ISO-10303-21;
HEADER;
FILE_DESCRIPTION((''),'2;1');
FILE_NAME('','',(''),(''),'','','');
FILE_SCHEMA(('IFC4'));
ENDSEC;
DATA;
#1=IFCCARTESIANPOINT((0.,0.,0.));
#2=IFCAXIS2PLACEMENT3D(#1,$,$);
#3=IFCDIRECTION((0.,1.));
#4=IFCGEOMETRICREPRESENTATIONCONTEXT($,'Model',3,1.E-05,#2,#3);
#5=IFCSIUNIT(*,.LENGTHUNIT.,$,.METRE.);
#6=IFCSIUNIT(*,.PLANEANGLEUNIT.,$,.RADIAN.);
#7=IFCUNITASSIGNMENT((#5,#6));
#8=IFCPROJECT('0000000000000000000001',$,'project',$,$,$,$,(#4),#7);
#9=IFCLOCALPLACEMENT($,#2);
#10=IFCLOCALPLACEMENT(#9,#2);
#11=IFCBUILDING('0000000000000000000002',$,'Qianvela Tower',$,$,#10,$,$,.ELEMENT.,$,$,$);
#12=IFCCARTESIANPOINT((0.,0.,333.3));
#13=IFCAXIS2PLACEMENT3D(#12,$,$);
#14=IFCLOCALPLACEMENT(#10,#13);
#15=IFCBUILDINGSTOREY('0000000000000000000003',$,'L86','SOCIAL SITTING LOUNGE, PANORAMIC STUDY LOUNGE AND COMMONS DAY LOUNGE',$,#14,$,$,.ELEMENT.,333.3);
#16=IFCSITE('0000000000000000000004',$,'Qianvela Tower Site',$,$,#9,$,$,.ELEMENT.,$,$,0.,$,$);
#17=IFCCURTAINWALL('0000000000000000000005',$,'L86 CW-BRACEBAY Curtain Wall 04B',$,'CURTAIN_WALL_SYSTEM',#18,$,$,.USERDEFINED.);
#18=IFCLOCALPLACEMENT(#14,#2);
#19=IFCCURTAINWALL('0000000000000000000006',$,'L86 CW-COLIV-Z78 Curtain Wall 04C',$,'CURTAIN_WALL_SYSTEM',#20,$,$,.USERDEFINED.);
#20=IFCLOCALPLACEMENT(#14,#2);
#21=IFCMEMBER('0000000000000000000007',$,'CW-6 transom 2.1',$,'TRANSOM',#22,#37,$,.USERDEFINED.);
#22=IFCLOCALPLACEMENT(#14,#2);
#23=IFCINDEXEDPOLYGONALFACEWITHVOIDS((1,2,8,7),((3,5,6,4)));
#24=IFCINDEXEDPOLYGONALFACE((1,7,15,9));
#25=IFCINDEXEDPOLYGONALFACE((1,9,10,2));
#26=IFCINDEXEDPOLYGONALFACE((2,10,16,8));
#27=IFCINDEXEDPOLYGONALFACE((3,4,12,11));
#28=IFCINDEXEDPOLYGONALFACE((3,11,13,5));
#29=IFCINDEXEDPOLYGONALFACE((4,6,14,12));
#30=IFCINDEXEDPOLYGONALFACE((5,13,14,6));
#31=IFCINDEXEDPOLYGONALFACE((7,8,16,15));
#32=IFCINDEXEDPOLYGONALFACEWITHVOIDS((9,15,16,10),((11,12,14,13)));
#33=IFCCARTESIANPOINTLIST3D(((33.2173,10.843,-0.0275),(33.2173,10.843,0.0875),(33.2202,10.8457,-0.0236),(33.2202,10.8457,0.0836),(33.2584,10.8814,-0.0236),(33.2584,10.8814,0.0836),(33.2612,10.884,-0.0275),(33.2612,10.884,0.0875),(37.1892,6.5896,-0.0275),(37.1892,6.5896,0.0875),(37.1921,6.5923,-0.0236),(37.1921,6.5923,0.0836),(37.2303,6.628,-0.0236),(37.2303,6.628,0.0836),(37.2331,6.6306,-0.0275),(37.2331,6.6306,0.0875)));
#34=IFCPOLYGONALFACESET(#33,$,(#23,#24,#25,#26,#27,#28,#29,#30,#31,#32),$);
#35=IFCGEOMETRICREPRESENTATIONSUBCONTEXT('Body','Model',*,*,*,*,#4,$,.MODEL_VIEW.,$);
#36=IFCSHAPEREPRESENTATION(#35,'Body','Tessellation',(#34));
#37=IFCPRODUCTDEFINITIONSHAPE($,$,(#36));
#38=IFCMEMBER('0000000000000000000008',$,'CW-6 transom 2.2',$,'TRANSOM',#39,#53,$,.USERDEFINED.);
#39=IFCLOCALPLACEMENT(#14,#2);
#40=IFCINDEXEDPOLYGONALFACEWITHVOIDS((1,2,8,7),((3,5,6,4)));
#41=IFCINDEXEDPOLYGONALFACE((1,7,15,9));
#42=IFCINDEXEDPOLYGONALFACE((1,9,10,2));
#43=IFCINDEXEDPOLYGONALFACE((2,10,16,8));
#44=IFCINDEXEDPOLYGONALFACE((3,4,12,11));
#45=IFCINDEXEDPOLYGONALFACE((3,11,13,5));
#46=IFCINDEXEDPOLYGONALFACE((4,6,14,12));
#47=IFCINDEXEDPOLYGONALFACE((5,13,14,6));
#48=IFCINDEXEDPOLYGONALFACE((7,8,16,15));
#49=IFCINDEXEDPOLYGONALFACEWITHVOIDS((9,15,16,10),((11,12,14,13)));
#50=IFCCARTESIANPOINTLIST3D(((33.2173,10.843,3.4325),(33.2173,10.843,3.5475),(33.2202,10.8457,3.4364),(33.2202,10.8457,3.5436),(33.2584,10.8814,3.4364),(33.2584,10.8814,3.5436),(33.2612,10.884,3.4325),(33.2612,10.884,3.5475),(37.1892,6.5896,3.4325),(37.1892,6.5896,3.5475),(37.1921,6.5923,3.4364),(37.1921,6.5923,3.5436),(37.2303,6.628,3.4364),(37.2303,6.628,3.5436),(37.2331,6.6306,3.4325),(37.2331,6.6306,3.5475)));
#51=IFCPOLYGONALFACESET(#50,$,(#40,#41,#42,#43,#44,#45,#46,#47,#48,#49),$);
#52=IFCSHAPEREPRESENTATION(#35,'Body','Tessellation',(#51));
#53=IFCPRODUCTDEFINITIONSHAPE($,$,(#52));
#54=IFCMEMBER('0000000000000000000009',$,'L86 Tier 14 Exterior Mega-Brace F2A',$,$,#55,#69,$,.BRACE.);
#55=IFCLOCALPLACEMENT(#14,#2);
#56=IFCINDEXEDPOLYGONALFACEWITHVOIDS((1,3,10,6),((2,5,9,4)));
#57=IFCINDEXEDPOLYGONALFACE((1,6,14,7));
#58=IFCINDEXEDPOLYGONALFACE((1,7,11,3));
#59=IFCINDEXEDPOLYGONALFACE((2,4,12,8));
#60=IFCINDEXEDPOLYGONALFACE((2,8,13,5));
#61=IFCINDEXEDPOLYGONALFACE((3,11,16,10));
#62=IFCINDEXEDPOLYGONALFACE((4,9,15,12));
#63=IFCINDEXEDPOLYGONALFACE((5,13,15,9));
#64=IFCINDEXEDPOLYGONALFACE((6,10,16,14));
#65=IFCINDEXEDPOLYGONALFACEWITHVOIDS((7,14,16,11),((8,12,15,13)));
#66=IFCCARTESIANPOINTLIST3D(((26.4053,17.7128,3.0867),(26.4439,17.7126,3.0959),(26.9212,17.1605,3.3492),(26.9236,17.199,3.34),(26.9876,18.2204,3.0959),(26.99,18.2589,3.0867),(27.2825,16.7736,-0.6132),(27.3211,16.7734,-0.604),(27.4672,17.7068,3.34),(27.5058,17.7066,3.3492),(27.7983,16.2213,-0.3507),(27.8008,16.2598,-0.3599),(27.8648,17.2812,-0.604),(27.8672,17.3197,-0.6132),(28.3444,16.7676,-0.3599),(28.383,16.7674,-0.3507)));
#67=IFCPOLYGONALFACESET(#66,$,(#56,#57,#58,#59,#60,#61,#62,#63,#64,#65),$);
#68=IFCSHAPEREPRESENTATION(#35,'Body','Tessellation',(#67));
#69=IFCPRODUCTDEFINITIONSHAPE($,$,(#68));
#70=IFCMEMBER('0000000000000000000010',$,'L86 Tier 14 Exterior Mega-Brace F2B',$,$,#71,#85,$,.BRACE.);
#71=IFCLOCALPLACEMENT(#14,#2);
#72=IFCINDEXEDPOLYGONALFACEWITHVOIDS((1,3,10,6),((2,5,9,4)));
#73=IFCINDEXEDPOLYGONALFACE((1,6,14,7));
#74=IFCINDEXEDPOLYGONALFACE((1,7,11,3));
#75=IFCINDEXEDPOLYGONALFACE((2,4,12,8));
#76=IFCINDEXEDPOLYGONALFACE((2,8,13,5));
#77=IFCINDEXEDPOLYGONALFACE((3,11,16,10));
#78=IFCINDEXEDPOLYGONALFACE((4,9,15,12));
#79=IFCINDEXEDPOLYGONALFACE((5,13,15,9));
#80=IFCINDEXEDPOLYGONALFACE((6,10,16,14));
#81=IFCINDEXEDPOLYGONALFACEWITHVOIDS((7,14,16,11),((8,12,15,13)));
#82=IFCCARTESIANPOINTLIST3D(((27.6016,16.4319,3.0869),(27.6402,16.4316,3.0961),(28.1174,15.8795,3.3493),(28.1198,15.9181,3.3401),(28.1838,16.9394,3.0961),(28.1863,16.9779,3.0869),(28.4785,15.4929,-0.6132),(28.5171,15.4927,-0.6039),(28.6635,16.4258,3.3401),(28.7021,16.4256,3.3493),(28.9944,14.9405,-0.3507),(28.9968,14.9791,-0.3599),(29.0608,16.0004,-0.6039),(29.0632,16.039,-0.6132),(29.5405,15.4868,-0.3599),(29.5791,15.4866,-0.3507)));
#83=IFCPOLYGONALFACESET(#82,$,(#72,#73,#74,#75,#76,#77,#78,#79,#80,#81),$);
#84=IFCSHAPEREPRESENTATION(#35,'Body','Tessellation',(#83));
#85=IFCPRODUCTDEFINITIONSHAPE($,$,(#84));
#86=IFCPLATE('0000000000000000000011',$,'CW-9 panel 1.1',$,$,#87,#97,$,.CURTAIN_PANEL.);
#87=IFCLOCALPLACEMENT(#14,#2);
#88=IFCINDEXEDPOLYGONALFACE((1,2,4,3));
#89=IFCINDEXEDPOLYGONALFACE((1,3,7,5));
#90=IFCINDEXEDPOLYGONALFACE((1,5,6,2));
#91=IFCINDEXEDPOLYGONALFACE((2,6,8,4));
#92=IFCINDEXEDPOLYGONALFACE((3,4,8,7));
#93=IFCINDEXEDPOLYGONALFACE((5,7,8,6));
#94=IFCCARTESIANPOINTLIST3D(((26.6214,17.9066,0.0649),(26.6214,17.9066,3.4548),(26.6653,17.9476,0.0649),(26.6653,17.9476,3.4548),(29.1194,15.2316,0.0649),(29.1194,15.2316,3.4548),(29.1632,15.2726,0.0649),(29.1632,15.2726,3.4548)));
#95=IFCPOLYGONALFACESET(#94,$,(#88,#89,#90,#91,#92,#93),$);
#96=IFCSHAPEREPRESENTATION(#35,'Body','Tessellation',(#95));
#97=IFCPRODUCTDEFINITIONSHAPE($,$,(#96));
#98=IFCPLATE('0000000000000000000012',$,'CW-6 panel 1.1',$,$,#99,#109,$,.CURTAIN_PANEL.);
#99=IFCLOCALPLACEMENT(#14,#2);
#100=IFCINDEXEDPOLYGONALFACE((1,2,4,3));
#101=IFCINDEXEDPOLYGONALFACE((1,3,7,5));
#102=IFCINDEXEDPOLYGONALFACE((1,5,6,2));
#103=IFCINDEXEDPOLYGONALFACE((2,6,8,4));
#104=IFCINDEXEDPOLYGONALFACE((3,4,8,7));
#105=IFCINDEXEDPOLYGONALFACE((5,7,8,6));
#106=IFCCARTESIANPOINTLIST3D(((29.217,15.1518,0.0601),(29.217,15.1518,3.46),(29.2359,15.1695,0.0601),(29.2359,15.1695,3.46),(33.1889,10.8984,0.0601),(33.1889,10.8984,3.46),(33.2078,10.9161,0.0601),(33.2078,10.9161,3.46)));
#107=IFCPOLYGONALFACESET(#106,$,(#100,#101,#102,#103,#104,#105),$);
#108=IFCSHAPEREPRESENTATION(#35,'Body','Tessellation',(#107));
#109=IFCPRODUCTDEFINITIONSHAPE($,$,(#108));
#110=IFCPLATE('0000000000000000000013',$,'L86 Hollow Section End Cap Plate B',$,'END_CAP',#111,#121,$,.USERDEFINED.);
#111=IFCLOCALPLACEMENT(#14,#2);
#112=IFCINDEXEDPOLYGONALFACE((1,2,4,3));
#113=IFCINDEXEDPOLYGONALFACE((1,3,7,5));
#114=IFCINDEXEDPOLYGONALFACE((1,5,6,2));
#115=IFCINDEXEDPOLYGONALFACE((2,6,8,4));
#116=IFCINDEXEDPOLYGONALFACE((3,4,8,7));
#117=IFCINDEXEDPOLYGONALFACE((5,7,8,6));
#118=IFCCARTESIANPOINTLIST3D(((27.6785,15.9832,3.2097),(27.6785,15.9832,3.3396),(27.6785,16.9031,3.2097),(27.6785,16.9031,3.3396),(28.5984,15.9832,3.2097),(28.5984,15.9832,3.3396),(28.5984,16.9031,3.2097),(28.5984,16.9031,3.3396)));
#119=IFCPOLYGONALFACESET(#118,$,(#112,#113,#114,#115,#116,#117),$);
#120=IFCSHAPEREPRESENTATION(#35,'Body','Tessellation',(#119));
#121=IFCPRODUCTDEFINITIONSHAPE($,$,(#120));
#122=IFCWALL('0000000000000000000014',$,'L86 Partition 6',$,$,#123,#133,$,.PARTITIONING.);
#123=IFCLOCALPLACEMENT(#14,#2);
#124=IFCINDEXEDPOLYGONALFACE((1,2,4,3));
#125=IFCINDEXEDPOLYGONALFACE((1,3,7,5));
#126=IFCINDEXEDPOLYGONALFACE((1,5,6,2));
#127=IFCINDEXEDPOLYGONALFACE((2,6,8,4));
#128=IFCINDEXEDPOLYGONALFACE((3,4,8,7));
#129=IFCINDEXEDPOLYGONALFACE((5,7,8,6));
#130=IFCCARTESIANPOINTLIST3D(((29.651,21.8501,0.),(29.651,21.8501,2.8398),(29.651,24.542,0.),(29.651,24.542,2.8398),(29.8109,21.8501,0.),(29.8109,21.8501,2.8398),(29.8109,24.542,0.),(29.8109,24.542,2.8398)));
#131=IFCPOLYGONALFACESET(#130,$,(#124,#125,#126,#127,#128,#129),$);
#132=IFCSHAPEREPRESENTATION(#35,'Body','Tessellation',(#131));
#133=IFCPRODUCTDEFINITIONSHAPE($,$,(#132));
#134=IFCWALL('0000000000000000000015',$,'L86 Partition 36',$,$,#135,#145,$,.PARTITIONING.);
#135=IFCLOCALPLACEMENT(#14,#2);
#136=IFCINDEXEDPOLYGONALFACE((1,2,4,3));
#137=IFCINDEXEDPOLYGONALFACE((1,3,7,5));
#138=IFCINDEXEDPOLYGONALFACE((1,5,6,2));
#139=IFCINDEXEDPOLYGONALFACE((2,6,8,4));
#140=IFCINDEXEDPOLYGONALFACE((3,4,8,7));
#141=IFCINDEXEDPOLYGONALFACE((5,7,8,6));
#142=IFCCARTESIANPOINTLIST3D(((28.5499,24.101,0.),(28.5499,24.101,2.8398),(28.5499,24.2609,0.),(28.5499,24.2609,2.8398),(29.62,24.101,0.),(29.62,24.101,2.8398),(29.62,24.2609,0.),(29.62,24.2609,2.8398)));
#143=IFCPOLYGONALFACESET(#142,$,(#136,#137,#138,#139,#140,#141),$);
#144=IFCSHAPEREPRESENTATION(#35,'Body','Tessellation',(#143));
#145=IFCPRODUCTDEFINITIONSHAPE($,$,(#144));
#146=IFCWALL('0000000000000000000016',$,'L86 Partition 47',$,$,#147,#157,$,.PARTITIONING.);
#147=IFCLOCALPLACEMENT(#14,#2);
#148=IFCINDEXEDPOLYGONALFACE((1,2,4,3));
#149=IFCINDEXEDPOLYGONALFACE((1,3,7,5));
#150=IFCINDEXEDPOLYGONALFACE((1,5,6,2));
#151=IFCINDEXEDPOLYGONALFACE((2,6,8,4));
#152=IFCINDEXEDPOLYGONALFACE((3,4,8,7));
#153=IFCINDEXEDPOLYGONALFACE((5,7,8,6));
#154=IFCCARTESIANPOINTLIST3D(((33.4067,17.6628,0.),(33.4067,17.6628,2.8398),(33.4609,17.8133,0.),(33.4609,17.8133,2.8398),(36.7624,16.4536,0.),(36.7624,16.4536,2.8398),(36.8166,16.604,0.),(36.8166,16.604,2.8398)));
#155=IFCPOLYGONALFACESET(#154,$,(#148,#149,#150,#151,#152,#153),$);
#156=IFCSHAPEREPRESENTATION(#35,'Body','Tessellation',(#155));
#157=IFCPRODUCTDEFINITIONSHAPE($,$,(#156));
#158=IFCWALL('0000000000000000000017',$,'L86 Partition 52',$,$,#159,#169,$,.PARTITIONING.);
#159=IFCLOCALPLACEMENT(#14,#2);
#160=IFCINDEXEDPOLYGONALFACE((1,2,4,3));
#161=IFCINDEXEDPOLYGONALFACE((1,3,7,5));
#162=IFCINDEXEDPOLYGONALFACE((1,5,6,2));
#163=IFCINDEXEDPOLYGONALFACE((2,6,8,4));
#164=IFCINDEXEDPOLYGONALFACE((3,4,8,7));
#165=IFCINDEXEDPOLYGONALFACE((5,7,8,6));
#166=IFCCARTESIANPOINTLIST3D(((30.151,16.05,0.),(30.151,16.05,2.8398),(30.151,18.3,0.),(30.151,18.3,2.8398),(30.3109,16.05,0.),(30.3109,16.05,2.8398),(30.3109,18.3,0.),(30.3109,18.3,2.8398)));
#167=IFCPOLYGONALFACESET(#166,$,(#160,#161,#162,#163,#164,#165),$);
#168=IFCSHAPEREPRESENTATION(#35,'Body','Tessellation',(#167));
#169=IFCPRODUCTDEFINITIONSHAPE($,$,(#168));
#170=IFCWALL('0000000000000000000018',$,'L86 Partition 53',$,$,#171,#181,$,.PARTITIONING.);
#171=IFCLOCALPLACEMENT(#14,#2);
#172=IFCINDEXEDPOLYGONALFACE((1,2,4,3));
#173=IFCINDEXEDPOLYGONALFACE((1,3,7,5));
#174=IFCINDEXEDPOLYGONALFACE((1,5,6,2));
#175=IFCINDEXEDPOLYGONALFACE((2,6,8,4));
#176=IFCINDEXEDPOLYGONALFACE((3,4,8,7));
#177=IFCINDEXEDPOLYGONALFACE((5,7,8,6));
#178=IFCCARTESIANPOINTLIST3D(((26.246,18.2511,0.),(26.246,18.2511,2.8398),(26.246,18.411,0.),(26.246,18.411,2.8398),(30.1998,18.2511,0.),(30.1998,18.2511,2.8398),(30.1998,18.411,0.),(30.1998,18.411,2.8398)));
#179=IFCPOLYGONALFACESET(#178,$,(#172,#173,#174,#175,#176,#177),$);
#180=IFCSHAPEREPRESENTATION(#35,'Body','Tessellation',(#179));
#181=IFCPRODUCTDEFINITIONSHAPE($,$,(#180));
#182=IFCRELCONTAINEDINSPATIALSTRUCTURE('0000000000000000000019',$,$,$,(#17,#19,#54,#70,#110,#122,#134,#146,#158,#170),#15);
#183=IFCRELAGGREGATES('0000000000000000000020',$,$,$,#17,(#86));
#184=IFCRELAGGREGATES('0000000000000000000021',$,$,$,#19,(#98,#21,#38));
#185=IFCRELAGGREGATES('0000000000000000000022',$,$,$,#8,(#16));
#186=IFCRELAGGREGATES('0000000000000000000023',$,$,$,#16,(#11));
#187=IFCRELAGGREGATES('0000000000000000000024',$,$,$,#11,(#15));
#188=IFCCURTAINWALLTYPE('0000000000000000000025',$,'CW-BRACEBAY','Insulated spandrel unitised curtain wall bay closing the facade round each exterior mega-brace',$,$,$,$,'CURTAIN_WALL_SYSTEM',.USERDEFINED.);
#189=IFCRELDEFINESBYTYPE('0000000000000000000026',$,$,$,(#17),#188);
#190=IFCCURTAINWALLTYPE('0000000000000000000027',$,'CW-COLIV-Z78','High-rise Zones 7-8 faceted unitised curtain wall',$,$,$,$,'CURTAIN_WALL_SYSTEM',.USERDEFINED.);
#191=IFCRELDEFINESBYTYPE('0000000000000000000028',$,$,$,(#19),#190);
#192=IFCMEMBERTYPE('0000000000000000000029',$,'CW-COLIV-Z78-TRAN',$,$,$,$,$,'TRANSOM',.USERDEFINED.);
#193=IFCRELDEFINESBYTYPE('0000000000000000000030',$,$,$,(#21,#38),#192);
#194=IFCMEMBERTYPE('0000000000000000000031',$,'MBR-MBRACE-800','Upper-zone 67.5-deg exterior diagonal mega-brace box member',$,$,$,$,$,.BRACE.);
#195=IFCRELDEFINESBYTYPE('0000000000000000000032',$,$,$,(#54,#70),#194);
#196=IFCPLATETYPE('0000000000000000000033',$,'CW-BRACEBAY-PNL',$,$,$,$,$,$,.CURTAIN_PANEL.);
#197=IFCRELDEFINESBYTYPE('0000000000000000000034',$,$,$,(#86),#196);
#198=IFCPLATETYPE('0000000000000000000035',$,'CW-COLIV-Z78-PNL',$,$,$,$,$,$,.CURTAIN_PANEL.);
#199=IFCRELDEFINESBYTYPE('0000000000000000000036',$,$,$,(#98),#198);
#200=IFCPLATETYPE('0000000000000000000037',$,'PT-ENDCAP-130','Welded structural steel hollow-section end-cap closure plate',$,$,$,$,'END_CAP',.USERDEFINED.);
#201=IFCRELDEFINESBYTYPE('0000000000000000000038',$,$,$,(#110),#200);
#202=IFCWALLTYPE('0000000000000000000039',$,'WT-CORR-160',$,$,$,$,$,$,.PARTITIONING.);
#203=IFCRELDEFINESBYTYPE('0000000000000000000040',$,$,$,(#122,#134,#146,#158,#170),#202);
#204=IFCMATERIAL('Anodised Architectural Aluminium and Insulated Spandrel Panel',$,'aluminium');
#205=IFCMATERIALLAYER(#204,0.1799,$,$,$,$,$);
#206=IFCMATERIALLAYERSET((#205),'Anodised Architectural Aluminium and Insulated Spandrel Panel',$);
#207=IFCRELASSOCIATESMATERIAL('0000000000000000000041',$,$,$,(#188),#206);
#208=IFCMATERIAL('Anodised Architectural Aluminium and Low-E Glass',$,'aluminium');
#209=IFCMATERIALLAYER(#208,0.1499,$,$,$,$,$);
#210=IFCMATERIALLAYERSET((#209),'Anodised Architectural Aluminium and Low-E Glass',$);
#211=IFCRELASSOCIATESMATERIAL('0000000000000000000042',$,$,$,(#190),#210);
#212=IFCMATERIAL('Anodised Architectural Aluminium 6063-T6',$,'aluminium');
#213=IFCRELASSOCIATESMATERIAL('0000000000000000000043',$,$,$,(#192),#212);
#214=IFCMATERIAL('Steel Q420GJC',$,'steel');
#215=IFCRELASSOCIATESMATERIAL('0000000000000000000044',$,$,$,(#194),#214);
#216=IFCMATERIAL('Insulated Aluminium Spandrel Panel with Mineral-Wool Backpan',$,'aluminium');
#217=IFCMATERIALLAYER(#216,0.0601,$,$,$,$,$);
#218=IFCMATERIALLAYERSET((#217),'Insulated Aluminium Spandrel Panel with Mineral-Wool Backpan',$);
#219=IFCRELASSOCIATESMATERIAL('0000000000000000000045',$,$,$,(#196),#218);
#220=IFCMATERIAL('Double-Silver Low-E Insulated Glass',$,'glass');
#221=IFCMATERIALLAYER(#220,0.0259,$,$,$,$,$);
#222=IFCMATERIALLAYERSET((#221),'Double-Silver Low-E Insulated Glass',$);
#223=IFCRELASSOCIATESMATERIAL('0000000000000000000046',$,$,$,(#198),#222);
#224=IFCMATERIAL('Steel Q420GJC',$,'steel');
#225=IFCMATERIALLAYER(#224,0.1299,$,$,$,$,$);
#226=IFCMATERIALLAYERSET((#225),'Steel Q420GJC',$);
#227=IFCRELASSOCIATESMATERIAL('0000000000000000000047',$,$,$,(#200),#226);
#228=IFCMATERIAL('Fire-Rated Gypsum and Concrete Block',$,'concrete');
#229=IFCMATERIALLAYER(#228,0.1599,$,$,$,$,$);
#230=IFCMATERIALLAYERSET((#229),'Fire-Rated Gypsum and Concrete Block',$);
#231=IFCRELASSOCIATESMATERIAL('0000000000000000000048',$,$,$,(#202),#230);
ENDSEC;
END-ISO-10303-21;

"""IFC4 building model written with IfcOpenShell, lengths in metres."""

from ifc_helpers import new_model, si_unit, direction, frame, frame_2d, origin, origin_2d, place, context, subcontext, project, spatial, rectangle, hollow_rectangle, extrude, material, layer, layer_set, material_profile, profile_set, type_object, element, aggregate, save


model = new_model("IFC4")

# Units and contexts
model_context = context("Model", 3, precision=1e-05, world=origin(), true_north=direction((0.0, 1.0)))
body_context = subcontext(model_context, "Body", "Model", "MODEL_VIEW")
ifc_project = project(units=[si_unit("LENGTHUNIT", "METRE"), si_unit("PLANEANGLEUNIT", "RADIAN")], contexts=[model_context])

# Site, building, storey
site_placement = place(None, origin())
site = spatial("IfcSite", under=ifc_project, at=site_placement, Name="Qianvela Tower Site", CompositionType="ELEMENT", RefElevation=0.0)
building_placement = place(site_placement, origin())
building = spatial("IfcBuilding", under=site, at=building_placement, Name="Qianvela Tower", CompositionType="ELEMENT")
storey_placement = place(building_placement, frame((0.0, 0.0, 333.3)))
storey = spatial("IfcBuildingStorey", under=building, at=storey_placement, Name="L86", Description="SOCIAL SITTING LOUNGE, PANORAMIC STUDY LOUNGE AND COMMONS DAY LOUNGE", CompositionType="ELEMENT", Elevation=333.3)

# Curtain wall
ifc_material_1 = material(Name="Anodised Architectural Aluminium and Insulated Spandrel Panel", Category="aluminium")
ifc_layer_1 = layer(ifc_material_1, 0.1799)
ifc_layer_set_1 = layer_set([ifc_layer_1], Name="Anodised Architectural Aluminium and Insulated Spandrel Panel")
curtain_wall_type_1 = type_object("IfcCurtainWallType", Name="CW-BRACEBAY", Description="Insulated spandrel unitised curtain wall bay closing the facade round each exterior mega-brace", ElementType="CURTAIN_WALL_SYSTEM", PredefinedType="USERDEFINED", material=ifc_layer_set_1)
curtain_wall_1_placement = place(storey_placement, origin())
curtain_wall_1 = element("IfcCurtainWall", 1, at=curtain_wall_1_placement, inside=storey, type_object=curtain_wall_type_1, Name="L86 CW-BRACEBAY Curtain Wall 04B", ObjectType="CURTAIN_WALL_SYSTEM", PredefinedType="USERDEFINED")

# Curtain wall, members
ifc_material_2 = material(Name="Anodised Architectural Aluminium and Low-E Glass", Category="aluminium")
ifc_layer_2 = layer(ifc_material_2, 0.1499)
ifc_layer_set_2 = layer_set([ifc_layer_2], Name="Anodised Architectural Aluminium and Low-E Glass")
curtain_wall_type_2 = type_object("IfcCurtainWallType", Name="CW-COLIV-Z78", Description="High-rise Zones 7-8 faceted unitised curtain wall", ElementType="CURTAIN_WALL_SYSTEM", PredefinedType="USERDEFINED", material=ifc_layer_set_2)
curtain_wall_2_placement = place(storey_placement, origin())
curtain_wall_2 = element("IfcCurtainWall", 2, at=curtain_wall_2_placement, inside=storey, type_object=curtain_wall_type_2, Name="L86 CW-COLIV-Z78 Curtain Wall 04C", ObjectType="CURTAIN_WALL_SYSTEM", PredefinedType="USERDEFINED")
ifc_material_3 = material(Name="Anodised Architectural Aluminium 6063-T6", Category="aluminium")
ifc_material_profile_1 = material_profile(ifc_material_3, hollow_rectangle(XDim=0.0601, YDim=0.115, WallThickness=0.0039, at=origin_2d()), Name="ALU-TRAN-60x115")
ifc_profile_set_1 = profile_set([ifc_material_profile_1], Name="Anodised Architectural Aluminium 6063-T6")
member_type_1 = type_object("IfcMemberType", Name="CW-COLIV-Z78-TRAN", ElementType="TRANSOM", PredefinedType="USERDEFINED", material=ifc_profile_set_1)
member_1_placement = place(storey_placement, frame((33.2393, 10.8635, 0.03), z_axis=(0.682508, -0.730878, 0.0), x_axis=(0.730878, 0.682508, 0.0)))
member_1 = element("IfcMember", 3, at=member_1_placement, type_object=member_type_1, Name="CW-6 transom 2.1", ObjectType="TRANSOM", PredefinedType="USERDEFINED", context=body_context, shape_type="SweptSolid", body=[
    extrude(hollow_rectangle(XDim=0.0601, YDim=0.115, WallThickness=0.0039, at=origin_2d()), origin(), (0.0, 0.0, 1.0), 5.8196),
])
member_2_placement = place(storey_placement, frame((33.2393, 10.8635, 3.49), z_axis=(0.682508, -0.730878, 0.0), x_axis=(0.730878, 0.682508, 0.0)))
member_2 = element("IfcMember", 4, at=member_2_placement, type_object=member_type_1, Name="CW-6 transom 2.2", ObjectType="TRANSOM", PredefinedType="USERDEFINED", context=body_context, shape_type="SweptSolid", body=[
    extrude(hollow_rectangle(XDim=0.0601, YDim=0.115, WallThickness=0.0039, at=origin_2d()), origin(), (0.0, 0.0, 1.0), 5.8196),
])

# Members
ifc_material_4 = material(Name="Steel Q420GJC", Category="steel")
ifc_material_profile_2 = material_profile(ifc_material_4, hollow_rectangle(XDim=0.8, YDim=0.8, WallThickness=0.0281, at=origin_2d()), Name="MBOX-800x800x28")
ifc_profile_set_2 = profile_set([ifc_material_profile_2], Name="Steel Q420GJC")
member_type_2 = type_object("IfcMemberType", Name="MBR-MBRACE-800", Description="Upper-zone 67.5-deg exterior diagonal mega-brace box member", PredefinedType="BRACE", material=ifc_profile_set_2)
for number, where, z_axis, x_axis, name in (
    (5, (27.8328, 16.7705, -0.4819), (-0.223958, 0.239791, 0.944639), (-0.730821, -0.682569, 0.0), "L86 Tier 14 Exterior Mega-Brace F2A"),
    (6, (29.0288, 15.4897, -0.4819), (-0.223902, 0.239735, 0.944666), (-0.730828, -0.682562, 0.0), "L86 Tier 14 Exterior Mega-Brace F2B"),
):
    element("IfcMember", number, at=place(storey_placement, frame(where, z_axis=z_axis, x_axis=x_axis)), inside=storey, type_object=member_type_2, Name=name, PredefinedType="BRACE", context=body_context, shape_type="SweptSolid", body=[
        extrude(hollow_rectangle(XDim=0.8, YDim=0.8, WallThickness=0.0281, at=origin_2d()), origin(), (0.0, 0.0, 1.0), 3.9167),
    ])

# Plates
ifc_material_5 = material(Name="Insulated Aluminium Spandrel Panel with Mineral-Wool Backpan", Category="aluminium")
ifc_layer_3 = layer(ifc_material_5, 0.0601)
ifc_layer_set_3 = layer_set([ifc_layer_3], Name="Insulated Aluminium Spandrel Panel with Mineral-Wool Backpan")
plate_type_1 = type_object("IfcPlateType", Name="CW-BRACEBAY-PNL", PredefinedType="CURTAIN_PANEL", material=ifc_layer_set_3)
plate_1_placement = place(storey_placement, frame((27.8923, 16.5896, 0.0649), z_axis=(0.0, 0.0, 1.0), x_axis=(0.682511, -0.730875, 0.0)))
plate_1 = element("IfcPlate", 7, at=plate_1_placement, type_object=plate_type_1, Name="CW-9 panel 1.1", PredefinedType="CURTAIN_PANEL", context=body_context, shape_type="SweptSolid", body=[
    extrude(rectangle(XDim=3.6599, YDim=0.0601, at=origin_2d()), origin(), (0.0, 0.0, 1.0), 3.3899),
])
aggregate(curtain_wall_1, [plate_1])
ifc_material_6 = material(Name="Double-Silver Low-E Insulated Glass", Category="glass")
ifc_layer_4 = layer(ifc_material_6, 0.0259)
ifc_layer_set_4 = layer_set([ifc_layer_4], Name="Double-Silver Low-E Insulated Glass")
plate_type_2 = type_object("IfcPlateType", Name="CW-COLIV-Z78-PNL", PredefinedType="CURTAIN_PANEL", material=ifc_layer_set_4)
plate_2_placement = place(storey_placement, frame((31.2124, 13.0339, 0.0601), z_axis=(0.0, 0.0, 1.0), x_axis=(0.682503, -0.730882, 0.0)))
plate_2 = element("IfcPlate", 8, at=plate_2_placement, type_object=plate_type_2, Name="CW-6 panel 1.1", PredefinedType="CURTAIN_PANEL", context=body_context, shape_type="SweptSolid", body=[
    extrude(rectangle(XDim=5.8196, YDim=0.0259, at=origin_2d()), origin(), (0.0, 0.0, 1.0), 3.3999),
])
aggregate(curtain_wall_2, [plate_2, member_1, member_2])
ifc_material_7 = material(Name="Steel Q420GJC", Category="steel")
ifc_layer_5 = layer(ifc_material_7, 0.1299)
ifc_layer_set_5 = layer_set([ifc_layer_5], Name="Steel Q420GJC")
plate_type_3 = type_object("IfcPlateType", Name="PT-ENDCAP-130", Description="Welded structural steel hollow-section end-cap closure plate", ElementType="END_CAP", PredefinedType="USERDEFINED", material=ifc_layer_set_5)
plate_3_placement = place(storey_placement, frame((28.1384, 16.4431, 3.2097), z_axis=(0.0, 0.0, 1.0), x_axis=(1.0, 0.0, 0.0)))
element("IfcPlate", 9, at=plate_3_placement, inside=storey, type_object=plate_type_3, Name="L86 Hollow Section End Cap Plate B", ObjectType="END_CAP", PredefinedType="USERDEFINED", context=body_context, shape_type="SweptSolid", body=[
    extrude(rectangle(XDim=0.9199, YDim=0.9199, at=origin_2d()), origin(), (0.0, 0.0, 1.0), 0.1299),
])

# Shared definitions
ifc_material_8 = material(Name="Fire-Rated Gypsum and Concrete Block", Category="concrete")
ifc_layer_6 = layer(ifc_material_8, 0.1599)
ifc_layer_set_6 = layer_set([ifc_layer_6], Name="Fire-Rated Gypsum and Concrete Block")
wall_type_1 = type_object("IfcWallType", Name="WT-CORR-160", PredefinedType="PARTITIONING", material=ifc_layer_set_6)

# Walls
wall_1_placement = place(storey_placement, frame((29.731, 21.8501, 0.0), z_axis=(0.0, 0.0, 1.0), x_axis=(0.0, 1.0, 0.0)))
element("IfcWall", 10, at=wall_1_placement, inside=storey, type_object=wall_type_1, Name="L86 Partition 6", PredefinedType="PARTITIONING", context=body_context, shape_type="SweptSolid", body=[
    extrude(rectangle(XDim=2.6919, YDim=0.1599, at=frame_2d((1.3459, 0.0))), origin(), (0.0, 0.0, 1.0), 2.8398),
])
wall_2_placement = place(storey_placement, frame((29.6201, 24.1809, 0.0), z_axis=(0.0, 0.0, 1.0), x_axis=(-1.0, 0.0, 0.0)))
element("IfcWall", 11, at=wall_2_placement, inside=storey, type_object=wall_type_1, Name="L86 Partition 36", PredefinedType="PARTITIONING", context=body_context, shape_type="SweptSolid", body=[
    extrude(rectangle(XDim=1.0701, YDim=0.1599, at=frame_2d((0.5352, 0.0))), origin(), (0.0, 0.0, 1.0), 2.8398),
])
wall_3_placement = place(storey_placement, frame((33.4338, 17.738, 0.0), z_axis=(0.0, 0.0, 1.0), x_axis=(0.940783, -0.33901, 0.0)))
element("IfcWall", 12, at=wall_3_placement, inside=storey, type_object=wall_type_1, Name="L86 Partition 47", PredefinedType="PARTITIONING", context=body_context, shape_type="SweptSolid", body=[
    extrude(rectangle(XDim=3.5669, YDim=0.1599, at=frame_2d((1.7834, 0.0))), origin(), (0.0, 0.0, 1.0), 2.8398),
])
wall_4_placement = place(storey_placement, frame((30.231, 16.05, 0.0), z_axis=(0.0, 0.0, 1.0), x_axis=(0.0, 1.0, 0.0)))
element("IfcWall", 13, at=wall_4_placement, inside=storey, type_object=wall_type_1, Name="L86 Partition 52", PredefinedType="PARTITIONING", context=body_context, shape_type="SweptSolid", body=[
    extrude(rectangle(XDim=2.25, YDim=0.1599, at=frame_2d((1.125, 0.0))), origin(), (0.0, 0.0, 1.0), 2.8398),
])
wall_5_placement = place(storey_placement, frame((30.2, 18.3311, 0.0), z_axis=(0.0, 0.0, 1.0), x_axis=(-1.0, 0.0, 0.0)))
element("IfcWall", 14, at=wall_5_placement, inside=storey, type_object=wall_type_1, Name="L86 Partition 53", PredefinedType="PARTITIONING", context=body_context, shape_type="SweptSolid", body=[
    extrude(rectangle(XDim=3.9539, YDim=0.1599, at=frame_2d((1.9771, 0.0))), origin(), (0.0, 0.0, 1.0), 2.8398),
])

save(model, "model.ifc")
